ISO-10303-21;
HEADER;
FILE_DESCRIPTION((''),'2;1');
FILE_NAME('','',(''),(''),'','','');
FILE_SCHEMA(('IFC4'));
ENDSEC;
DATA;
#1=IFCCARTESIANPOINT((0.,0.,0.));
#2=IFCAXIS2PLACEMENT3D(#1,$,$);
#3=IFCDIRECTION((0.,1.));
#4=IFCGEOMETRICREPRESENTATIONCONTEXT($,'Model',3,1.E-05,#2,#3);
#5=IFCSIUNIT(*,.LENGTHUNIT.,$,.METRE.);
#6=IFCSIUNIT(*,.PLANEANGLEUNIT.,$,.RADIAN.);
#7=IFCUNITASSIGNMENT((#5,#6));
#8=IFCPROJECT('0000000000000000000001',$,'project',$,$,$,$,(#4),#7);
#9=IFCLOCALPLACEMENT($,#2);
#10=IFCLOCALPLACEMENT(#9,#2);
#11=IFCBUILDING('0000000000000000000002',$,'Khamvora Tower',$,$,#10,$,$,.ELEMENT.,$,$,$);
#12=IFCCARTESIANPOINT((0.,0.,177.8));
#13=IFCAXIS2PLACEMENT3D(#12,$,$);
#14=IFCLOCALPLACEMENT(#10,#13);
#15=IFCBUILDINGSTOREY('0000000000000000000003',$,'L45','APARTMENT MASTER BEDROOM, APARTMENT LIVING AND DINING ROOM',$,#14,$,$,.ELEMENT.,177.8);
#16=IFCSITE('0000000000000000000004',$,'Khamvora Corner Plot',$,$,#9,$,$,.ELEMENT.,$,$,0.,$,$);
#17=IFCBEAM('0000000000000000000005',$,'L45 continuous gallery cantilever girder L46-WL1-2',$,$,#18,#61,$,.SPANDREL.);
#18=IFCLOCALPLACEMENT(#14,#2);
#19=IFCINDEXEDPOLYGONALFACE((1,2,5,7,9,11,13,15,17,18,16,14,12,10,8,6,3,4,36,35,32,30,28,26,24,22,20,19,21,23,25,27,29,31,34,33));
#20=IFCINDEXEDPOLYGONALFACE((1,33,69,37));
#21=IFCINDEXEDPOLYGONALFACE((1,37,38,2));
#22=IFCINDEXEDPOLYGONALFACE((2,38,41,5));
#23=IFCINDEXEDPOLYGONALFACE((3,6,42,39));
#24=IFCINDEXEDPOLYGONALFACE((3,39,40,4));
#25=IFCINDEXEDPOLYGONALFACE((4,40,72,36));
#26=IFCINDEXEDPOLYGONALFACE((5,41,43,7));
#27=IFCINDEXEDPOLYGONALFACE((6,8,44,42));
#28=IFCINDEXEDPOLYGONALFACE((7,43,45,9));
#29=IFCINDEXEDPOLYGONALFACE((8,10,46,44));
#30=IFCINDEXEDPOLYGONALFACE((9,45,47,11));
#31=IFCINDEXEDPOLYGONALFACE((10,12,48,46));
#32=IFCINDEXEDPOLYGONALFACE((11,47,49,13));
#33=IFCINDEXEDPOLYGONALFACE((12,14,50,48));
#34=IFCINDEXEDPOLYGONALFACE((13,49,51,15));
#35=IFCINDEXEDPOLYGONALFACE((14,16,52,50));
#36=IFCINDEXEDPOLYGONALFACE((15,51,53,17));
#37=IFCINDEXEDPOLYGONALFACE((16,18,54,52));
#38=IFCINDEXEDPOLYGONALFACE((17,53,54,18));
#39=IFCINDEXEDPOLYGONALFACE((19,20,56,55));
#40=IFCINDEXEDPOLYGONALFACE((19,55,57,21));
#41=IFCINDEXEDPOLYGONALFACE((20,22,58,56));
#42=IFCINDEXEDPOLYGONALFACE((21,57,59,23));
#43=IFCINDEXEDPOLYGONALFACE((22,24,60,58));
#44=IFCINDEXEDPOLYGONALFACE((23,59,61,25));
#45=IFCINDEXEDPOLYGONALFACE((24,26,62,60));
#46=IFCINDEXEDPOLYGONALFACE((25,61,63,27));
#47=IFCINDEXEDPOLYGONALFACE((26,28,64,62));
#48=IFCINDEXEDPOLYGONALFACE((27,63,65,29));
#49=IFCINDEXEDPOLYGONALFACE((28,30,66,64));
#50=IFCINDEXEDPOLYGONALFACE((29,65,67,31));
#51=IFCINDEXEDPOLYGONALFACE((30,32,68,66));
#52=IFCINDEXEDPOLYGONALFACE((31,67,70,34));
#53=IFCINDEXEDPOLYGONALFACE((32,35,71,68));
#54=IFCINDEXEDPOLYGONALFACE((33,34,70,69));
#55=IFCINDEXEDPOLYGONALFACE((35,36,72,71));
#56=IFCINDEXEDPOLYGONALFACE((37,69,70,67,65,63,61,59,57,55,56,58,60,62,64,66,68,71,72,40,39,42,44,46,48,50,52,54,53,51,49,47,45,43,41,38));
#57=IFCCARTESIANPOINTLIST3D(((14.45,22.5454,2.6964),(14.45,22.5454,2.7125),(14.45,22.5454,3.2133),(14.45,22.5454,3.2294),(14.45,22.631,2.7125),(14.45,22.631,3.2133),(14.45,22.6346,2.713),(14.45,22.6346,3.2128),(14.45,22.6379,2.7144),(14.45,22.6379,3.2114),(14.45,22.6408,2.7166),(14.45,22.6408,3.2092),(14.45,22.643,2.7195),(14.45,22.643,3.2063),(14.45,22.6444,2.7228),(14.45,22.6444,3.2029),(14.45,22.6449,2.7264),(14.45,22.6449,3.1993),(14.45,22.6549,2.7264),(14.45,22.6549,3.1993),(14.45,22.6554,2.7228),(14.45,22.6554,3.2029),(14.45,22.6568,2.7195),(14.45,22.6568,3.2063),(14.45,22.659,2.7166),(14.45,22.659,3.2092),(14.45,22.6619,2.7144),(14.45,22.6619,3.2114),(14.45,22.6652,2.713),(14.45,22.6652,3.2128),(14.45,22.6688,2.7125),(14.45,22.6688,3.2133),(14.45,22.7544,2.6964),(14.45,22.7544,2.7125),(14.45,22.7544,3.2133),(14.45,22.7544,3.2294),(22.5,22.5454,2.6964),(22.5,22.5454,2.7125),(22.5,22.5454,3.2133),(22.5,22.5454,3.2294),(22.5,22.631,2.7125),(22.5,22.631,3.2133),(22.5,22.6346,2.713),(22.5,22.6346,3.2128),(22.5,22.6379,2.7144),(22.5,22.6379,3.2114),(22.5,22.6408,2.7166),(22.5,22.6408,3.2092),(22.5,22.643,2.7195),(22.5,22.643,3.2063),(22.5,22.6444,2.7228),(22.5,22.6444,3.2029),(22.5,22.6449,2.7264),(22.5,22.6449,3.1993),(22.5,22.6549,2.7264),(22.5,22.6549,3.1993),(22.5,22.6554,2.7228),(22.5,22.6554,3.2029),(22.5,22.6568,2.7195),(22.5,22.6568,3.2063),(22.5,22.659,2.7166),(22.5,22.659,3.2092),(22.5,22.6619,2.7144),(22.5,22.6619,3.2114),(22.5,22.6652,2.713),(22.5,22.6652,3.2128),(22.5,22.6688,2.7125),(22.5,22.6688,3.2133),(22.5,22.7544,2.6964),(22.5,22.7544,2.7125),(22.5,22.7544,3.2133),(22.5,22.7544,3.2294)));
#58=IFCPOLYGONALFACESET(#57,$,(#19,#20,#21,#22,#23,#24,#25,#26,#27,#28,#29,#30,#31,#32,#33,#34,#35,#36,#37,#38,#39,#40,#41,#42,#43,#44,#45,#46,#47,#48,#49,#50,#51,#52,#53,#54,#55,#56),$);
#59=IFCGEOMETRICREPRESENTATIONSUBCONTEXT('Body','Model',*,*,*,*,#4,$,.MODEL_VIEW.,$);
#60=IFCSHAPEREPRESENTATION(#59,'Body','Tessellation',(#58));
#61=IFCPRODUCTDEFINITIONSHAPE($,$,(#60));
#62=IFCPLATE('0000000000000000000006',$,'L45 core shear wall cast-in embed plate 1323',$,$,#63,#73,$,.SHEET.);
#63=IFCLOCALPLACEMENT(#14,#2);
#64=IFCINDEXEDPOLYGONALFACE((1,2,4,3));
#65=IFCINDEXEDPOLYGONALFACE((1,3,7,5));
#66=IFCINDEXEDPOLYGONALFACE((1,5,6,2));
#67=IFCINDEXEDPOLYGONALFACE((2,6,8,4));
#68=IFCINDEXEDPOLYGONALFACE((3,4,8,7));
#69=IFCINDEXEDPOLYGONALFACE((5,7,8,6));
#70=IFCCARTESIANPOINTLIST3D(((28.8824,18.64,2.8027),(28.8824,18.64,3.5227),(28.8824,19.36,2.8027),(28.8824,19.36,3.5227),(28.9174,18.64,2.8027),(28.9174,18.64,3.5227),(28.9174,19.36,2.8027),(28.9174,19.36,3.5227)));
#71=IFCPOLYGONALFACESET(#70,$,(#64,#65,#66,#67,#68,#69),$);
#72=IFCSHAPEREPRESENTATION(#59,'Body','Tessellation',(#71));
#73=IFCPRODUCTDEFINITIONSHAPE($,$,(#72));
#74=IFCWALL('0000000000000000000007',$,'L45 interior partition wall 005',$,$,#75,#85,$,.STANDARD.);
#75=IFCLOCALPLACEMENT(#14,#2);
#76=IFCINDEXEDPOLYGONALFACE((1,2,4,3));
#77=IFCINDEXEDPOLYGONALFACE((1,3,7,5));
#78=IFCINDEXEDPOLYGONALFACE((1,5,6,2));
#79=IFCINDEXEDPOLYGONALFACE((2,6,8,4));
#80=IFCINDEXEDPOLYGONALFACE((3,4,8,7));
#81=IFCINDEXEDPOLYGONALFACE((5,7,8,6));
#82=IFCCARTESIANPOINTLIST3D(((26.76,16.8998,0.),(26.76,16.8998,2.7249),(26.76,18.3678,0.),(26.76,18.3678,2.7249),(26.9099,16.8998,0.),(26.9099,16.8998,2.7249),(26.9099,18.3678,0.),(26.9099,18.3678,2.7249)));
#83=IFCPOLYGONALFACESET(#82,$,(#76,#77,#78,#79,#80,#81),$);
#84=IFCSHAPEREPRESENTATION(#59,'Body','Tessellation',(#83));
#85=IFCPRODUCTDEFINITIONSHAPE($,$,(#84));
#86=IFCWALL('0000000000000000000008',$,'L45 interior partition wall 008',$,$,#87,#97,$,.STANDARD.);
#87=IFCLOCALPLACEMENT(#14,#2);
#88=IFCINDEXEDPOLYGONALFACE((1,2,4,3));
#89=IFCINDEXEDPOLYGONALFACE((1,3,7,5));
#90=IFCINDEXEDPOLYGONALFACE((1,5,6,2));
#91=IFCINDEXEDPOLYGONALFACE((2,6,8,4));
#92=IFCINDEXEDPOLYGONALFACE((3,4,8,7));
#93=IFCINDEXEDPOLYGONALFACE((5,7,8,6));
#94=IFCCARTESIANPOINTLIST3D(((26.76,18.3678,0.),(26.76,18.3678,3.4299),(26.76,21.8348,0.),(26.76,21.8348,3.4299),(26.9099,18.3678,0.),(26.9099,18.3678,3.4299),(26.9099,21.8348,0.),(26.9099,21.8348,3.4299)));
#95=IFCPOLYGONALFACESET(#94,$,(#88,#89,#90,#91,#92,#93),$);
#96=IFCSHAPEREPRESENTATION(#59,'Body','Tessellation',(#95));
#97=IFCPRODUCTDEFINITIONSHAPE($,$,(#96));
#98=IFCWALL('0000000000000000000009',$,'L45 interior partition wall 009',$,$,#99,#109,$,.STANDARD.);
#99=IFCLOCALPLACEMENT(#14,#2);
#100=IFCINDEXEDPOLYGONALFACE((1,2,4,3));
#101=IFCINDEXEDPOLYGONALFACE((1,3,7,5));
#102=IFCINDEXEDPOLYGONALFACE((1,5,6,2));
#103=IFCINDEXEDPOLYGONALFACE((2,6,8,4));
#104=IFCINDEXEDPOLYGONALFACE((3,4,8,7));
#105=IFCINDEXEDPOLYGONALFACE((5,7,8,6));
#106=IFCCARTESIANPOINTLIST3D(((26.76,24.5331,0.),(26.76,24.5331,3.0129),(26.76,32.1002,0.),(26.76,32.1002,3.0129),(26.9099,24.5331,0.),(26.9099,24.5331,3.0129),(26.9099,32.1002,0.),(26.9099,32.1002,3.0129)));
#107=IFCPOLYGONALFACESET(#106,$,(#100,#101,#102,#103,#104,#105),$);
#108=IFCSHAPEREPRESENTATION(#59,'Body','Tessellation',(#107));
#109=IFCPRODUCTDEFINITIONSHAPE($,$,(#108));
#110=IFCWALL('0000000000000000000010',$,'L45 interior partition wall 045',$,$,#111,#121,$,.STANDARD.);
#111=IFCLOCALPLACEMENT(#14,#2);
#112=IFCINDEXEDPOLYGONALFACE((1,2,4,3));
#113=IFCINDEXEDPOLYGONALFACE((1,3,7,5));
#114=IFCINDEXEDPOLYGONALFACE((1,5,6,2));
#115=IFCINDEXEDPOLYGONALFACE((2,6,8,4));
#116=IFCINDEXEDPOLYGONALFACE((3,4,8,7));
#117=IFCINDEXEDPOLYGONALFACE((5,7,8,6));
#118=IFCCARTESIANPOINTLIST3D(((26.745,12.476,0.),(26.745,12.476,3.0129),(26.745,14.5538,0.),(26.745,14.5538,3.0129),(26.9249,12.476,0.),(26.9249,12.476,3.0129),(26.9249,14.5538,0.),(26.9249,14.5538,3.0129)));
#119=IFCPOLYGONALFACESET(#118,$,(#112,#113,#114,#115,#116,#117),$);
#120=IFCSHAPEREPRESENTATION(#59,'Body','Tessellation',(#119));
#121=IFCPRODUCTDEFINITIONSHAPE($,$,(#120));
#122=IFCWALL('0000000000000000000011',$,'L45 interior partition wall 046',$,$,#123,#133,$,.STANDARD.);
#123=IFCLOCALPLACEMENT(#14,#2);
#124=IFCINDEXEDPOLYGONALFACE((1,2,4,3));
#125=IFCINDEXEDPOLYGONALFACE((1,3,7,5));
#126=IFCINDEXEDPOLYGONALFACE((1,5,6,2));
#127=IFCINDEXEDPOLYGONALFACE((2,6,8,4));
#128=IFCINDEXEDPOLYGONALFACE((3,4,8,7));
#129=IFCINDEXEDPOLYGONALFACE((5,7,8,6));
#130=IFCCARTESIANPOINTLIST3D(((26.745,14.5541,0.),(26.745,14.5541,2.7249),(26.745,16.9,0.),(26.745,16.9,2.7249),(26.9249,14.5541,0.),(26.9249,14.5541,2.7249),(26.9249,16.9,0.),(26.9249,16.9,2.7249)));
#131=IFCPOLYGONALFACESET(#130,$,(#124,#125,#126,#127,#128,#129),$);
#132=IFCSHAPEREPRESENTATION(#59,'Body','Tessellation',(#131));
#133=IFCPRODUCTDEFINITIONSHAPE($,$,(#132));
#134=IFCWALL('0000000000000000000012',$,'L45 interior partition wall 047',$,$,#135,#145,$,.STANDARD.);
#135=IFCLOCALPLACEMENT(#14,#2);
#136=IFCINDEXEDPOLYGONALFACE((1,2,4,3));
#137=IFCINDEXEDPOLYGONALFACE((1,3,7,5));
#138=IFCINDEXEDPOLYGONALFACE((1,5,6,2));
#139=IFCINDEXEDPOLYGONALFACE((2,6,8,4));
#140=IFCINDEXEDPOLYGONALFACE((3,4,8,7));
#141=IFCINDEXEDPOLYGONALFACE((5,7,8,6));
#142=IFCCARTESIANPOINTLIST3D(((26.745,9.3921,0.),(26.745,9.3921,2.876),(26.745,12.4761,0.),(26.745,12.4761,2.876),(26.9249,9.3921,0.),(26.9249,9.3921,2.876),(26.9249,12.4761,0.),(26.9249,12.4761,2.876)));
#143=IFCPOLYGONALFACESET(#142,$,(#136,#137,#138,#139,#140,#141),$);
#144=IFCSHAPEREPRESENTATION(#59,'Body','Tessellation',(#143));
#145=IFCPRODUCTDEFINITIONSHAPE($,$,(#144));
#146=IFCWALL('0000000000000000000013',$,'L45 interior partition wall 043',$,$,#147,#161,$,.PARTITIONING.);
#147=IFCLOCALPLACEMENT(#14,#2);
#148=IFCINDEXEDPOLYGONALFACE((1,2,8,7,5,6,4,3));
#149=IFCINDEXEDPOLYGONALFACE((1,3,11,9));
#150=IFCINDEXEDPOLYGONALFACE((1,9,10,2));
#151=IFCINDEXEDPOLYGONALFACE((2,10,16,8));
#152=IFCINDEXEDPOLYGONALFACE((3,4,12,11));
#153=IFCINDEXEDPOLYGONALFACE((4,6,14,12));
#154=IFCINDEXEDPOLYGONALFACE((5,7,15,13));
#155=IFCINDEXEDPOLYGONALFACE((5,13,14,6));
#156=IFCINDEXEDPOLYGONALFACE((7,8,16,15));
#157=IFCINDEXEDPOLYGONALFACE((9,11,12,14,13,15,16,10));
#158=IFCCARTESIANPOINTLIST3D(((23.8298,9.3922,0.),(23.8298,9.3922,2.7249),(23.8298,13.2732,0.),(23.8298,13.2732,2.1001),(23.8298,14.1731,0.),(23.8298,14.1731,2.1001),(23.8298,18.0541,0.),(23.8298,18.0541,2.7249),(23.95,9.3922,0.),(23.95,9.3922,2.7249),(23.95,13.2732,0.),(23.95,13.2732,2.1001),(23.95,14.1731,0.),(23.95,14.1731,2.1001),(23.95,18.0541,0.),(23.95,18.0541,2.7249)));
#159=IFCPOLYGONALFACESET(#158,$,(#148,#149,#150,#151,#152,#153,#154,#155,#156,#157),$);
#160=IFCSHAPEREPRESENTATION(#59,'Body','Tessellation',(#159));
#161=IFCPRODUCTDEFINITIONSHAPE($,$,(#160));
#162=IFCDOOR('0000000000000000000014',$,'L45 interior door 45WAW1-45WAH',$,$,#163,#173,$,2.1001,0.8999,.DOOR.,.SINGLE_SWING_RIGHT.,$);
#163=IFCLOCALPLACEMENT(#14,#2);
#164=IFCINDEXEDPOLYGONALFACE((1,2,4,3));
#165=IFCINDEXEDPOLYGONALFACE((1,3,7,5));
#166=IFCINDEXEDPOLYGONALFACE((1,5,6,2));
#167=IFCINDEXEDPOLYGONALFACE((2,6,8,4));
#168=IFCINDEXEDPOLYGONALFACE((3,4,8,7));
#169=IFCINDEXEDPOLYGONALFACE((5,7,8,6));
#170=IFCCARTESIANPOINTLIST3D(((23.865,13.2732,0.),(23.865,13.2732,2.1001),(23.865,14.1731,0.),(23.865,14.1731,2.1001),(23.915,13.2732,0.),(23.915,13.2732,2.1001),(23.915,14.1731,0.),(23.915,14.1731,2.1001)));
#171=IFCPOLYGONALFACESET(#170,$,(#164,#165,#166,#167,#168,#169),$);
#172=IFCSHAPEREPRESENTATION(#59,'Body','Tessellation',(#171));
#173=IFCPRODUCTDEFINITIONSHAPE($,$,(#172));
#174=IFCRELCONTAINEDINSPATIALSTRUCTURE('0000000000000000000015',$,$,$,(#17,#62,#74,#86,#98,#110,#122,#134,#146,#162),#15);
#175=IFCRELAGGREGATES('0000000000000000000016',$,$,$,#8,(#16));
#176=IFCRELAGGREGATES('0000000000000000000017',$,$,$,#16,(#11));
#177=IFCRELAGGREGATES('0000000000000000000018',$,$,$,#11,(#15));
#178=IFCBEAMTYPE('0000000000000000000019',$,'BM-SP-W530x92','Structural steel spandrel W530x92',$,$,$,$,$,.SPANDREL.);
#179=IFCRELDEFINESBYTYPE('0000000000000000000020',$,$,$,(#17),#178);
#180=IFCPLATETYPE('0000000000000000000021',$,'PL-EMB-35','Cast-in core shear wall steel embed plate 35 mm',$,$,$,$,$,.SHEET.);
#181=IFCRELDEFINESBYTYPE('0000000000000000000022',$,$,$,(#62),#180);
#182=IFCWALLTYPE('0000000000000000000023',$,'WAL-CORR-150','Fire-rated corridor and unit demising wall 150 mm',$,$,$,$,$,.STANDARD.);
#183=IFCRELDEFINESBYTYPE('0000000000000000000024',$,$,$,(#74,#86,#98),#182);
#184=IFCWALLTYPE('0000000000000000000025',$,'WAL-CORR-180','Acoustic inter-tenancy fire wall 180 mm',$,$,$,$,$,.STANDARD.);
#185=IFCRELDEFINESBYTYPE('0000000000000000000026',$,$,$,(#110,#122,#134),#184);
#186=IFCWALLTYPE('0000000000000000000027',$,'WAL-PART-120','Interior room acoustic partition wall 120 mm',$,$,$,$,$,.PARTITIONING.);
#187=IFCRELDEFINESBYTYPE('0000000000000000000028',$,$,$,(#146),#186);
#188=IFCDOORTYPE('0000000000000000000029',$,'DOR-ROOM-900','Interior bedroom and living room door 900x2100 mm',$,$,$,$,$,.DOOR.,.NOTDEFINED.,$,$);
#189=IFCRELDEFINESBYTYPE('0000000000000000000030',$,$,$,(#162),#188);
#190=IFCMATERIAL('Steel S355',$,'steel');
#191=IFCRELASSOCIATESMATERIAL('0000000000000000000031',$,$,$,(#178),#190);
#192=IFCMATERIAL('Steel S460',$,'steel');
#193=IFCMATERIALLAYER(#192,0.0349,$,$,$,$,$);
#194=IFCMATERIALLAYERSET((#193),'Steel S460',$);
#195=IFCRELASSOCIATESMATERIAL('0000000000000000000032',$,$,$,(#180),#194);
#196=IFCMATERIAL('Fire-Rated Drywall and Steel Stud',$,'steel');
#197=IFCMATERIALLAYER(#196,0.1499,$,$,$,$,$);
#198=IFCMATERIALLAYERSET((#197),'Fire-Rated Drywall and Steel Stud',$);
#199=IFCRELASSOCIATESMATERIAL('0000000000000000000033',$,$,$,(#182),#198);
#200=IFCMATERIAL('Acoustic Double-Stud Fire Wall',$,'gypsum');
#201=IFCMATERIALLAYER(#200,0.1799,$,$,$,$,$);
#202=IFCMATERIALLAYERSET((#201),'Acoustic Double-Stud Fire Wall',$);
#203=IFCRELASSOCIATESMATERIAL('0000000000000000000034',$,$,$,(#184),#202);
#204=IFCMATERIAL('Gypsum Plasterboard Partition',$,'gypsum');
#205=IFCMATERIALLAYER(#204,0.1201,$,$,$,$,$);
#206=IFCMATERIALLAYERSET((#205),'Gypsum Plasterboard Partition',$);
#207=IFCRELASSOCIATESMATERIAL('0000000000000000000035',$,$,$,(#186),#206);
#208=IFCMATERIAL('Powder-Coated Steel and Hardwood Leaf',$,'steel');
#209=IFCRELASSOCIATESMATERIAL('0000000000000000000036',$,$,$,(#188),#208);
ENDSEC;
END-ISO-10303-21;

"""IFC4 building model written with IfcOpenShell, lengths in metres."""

from ifc_helpers import new_model, si_unit, direction, frame, frame_2d, origin, origin_2d, place, context, subcontext, project, spatial, rectangle, i_section, extrude, material, layer, layer_set, material_profile, profile_set, type_object, element, fill, save


model = new_model("IFC4")

# Units and contexts
model_context = context("Model", 3, precision=1e-05, world=origin(), true_north=direction((0.0, 1.0)))
body_context = subcontext(model_context, "Body", "Model", "MODEL_VIEW")
ifc_project = project(units=[si_unit("LENGTHUNIT", "METRE"), si_unit("PLANEANGLEUNIT", "RADIAN")], contexts=[model_context])

# Site, building, storey
site_placement = place(None, origin())
site = spatial("IfcSite", under=ifc_project, at=site_placement, Name="Khamvora Corner Plot", CompositionType="ELEMENT", RefElevation=0.0)
building_placement = place(site_placement, origin())
building = spatial("IfcBuilding", under=site, at=building_placement, Name="Khamvora Tower", CompositionType="ELEMENT")
storey_placement = place(building_placement, frame((0.0, 0.0, 177.8)))
storey = spatial("IfcBuildingStorey", under=building, at=storey_placement, Name="L45", Description="APARTMENT MASTER BEDROOM, APARTMENT LIVING AND DINING ROOM", CompositionType="ELEMENT", Elevation=177.8)

# Beam
ifc_material_1 = material(Name="Steel S355", Category="steel")
ifc_material_profile_1 = material_profile(ifc_material_1, i_section(OverallWidth=0.209, OverallDepth=0.533, WebThickness=0.01, FlangeThickness=0.0161, FilletRadius=0.0139, at=origin_2d()), Name="W530x92")
ifc_profile_set_1 = profile_set([ifc_material_profile_1], Name="Steel S355")
beam_type_1 = type_object("IfcBeamType", Name="BM-SP-W530x92", Description="Structural steel spandrel W530x92", PredefinedType="SPANDREL", material=ifc_profile_set_1)
for number, where, z_axis, x_axis, name in (
    (1, (22.5, 22.6499, 2.9629), (-1.0, 0.0, 0.0), (0.0, -1.0, 0.0), "L45 continuous gallery cantilever girder L46-WL1-2"),
):
    element("IfcBeam", number, at=place(storey_placement, frame(where, z_axis=z_axis, x_axis=x_axis)), inside=storey, type_object=beam_type_1, Name=name, PredefinedType="SPANDREL", context=body_context, shape_type="SweptSolid", body=[
        extrude(i_section(OverallWidth=0.209, OverallDepth=0.533, WebThickness=0.01, FlangeThickness=0.0161, FilletRadius=0.0139, at=origin_2d()), origin(), (0.0, 0.0, 1.0), 8.05),
    ])

# Plate
ifc_material_2 = material(Name="Steel S460", Category="steel")
ifc_layer_1 = layer(ifc_material_2, 0.0349)
ifc_layer_set_1 = layer_set([ifc_layer_1], Name="Steel S460")
plate_type = type_object("IfcPlateType", Name="PL-EMB-35", Description="Cast-in core shear wall steel embed plate 35 mm", PredefinedType="SHEET", material=ifc_layer_set_1)
plate_placement = place(storey_placement, frame((28.8999, 19.0, 2.8027), z_axis=(0.0, 0.0, 1.0), x_axis=(1.0, 0.0, 0.0)))
element("IfcPlate", 2, at=plate_placement, inside=storey, type_object=plate_type, Name="L45 core shear wall cast-in embed plate 1323", PredefinedType="SHEET", context=body_context, shape_type="SweptSolid", body=[
    extrude(rectangle(XDim=0.0349, YDim=0.72, at=origin_2d()), origin(), (0.0, 0.0, 1.0), 0.72),
])

# Wall
ifc_material_3 = material(Name="Fire-Rated Drywall and Steel Stud", Category="steel")
ifc_layer_2 = layer(ifc_material_3, 0.1499)
ifc_layer_set_2 = layer_set([ifc_layer_2], Name="Fire-Rated Drywall and Steel Stud")
wall_type_1 = type_object("IfcWallType", Name="WAL-CORR-150", Description="Fire-rated corridor and unit demising wall 150 mm", PredefinedType="STANDARD", material=ifc_layer_set_2)
wall_1_placement = place(storey_placement, frame((26.835, 16.8999, 0.0), z_axis=(0.0, 0.0, 1.0), x_axis=(0.0, 1.0, 0.0)))
element("IfcWall", 3, at=wall_1_placement, inside=storey, type_object=wall_type_1, Name="L45 interior partition wall 005", PredefinedType="STANDARD", context=body_context, shape_type="SweptSolid", body=[
    extrude(rectangle(XDim=1.468, YDim=0.1499, at=frame_2d((0.7339, 0.0))), origin(), (0.0, 0.0, 1.0), 2.7249),
])

# Shared definitions
ifc_material_4 = material(Name="Powder-Coated Steel and Hardwood Leaf", Category="steel")

# Walls
wall_2_placement = place(storey_placement, frame((26.835, 18.3679, 0.0), z_axis=(0.0, 0.0, 1.0), x_axis=(0.0, 1.0, 0.0)))
element("IfcWall", 4, at=wall_2_placement, inside=storey, type_object=wall_type_1, Name="L45 interior partition wall 008", PredefinedType="STANDARD", context=body_context, shape_type="SweptSolid", body=[
    extrude(rectangle(XDim=3.467, YDim=0.1499, at=frame_2d((1.7334, 0.0))), origin(), (0.0, 0.0, 1.0), 3.4299),
])
wall_3_placement = place(storey_placement, frame((26.835, 24.533, 0.0), z_axis=(0.0, 0.0, 1.0), x_axis=(0.0, 1.0, 0.0)))
element("IfcWall", 5, at=wall_3_placement, inside=storey, type_object=wall_type_1, Name="L45 interior partition wall 009", PredefinedType="STANDARD", context=body_context, shape_type="SweptSolid", body=[
    extrude(rectangle(XDim=7.5671, YDim=0.1499, at=frame_2d((3.7837, 0.0))), origin(), (0.0, 0.0, 1.0), 3.0129),
])
ifc_material_5 = material(Name="Acoustic Double-Stud Fire Wall", Category="gypsum")
ifc_layer_3 = layer(ifc_material_5, 0.1799)
ifc_layer_set_3 = layer_set([ifc_layer_3], Name="Acoustic Double-Stud Fire Wall")
wall_type_2 = type_object("IfcWallType", Name="WAL-CORR-180", Description="Acoustic inter-tenancy fire wall 180 mm", PredefinedType="STANDARD", material=ifc_layer_set_3)
wall_4_placement = place(storey_placement, frame((26.835, 14.554, 0.0), z_axis=(0.0, 0.0, 1.0), x_axis=(0.0, -1.0, 0.0)))
element("IfcWall", 6, at=wall_4_placement, inside=storey, type_object=wall_type_2, Name="L45 interior partition wall 045", PredefinedType="STANDARD", context=body_context, shape_type="SweptSolid", body=[
    extrude(rectangle(XDim=2.0779, YDim=0.1799, at=frame_2d((1.0391, 0.0))), origin(), (0.0, 0.0, 1.0), 3.0129),
])
wall_5_placement = place(storey_placement, frame((26.835, 16.8999, 0.0), z_axis=(0.0, 0.0, 1.0), x_axis=(0.0, -1.0, 0.0)))
element("IfcWall", 7, at=wall_5_placement, inside=storey, type_object=wall_type_2, Name="L45 interior partition wall 046", PredefinedType="STANDARD", context=body_context, shape_type="SweptSolid", body=[
    extrude(rectangle(XDim=2.3459, YDim=0.1799, at=frame_2d((1.1729, 0.0))), origin(), (0.0, 0.0, 1.0), 2.7249),
])
wall_6_placement = place(storey_placement, frame((26.835, 12.4761, 0.0), z_axis=(0.0, 0.0, 1.0), x_axis=(0.0, -1.0, 0.0)))
element("IfcWall", 8, at=wall_6_placement, inside=storey, type_object=wall_type_2, Name="L45 interior partition wall 047", PredefinedType="STANDARD", context=body_context, shape_type="SweptSolid", body=[
    extrude(rectangle(XDim=3.084, YDim=0.1799, at=frame_2d((1.542, 0.0))), origin(), (0.0, 0.0, 1.0), 2.876),
])

# Wall, opening, door
ifc_material_6 = material(Name="Gypsum Plasterboard Partition", Category="gypsum")
ifc_layer_4 = layer(ifc_material_6, 0.1201)
ifc_layer_set_4 = layer_set([ifc_layer_4], Name="Gypsum Plasterboard Partition")
wall_type_3 = type_object("IfcWallType", Name="WAL-PART-120", Description="Interior room acoustic partition wall 120 mm", PredefinedType="PARTITIONING", material=ifc_layer_set_4)
wall_7_placement = place(storey_placement, frame((23.8899, 9.3921, 0.0), z_axis=(0.0, 0.0, 1.0), x_axis=(0.0, 1.0, 0.0)))
wall_7 = element("IfcWall", 9, at=wall_7_placement, inside=storey, type_object=wall_type_3, Name="L45 interior partition wall 043", PredefinedType="PARTITIONING", context=body_context, shape_type="SweptSolid", body=[
    extrude(rectangle(XDim=8.6619, YDim=0.1201, at=frame_2d((4.3311, 0.0))), origin(), (0.0, 0.0, 1.0), 2.7249),
])
opening_1_placement = place(wall_7_placement, frame((3.8811, 0.0, 0.0)))
opening_1 = element("IfcOpeningElement", 10, at=opening_1_placement, cuts=wall_7, PredefinedType="OPENING", context=body_context, shape_type="SweptSolid", body=[
    extrude(rectangle(XDim=0.8999, YDim=2.1001, at=frame_2d((0.45, 1.05))), frame((0.0, 0.0701, 0.0), z_axis=(0.0, -1.0, 0.0), x_axis=(1.0, 0.0, 0.0)), (0.0, 0.0, 1.0), 0.1401),
])
door_type_1 = type_object("IfcDoorType", Name="DOR-ROOM-900", Description="Interior bedroom and living room door 900x2100 mm", OperationType="NOTDEFINED", PredefinedType="DOOR", material=ifc_material_4)
door_1_placement = place(opening_1_placement, origin())
door_1 = element("IfcDoor", 11, at=door_1_placement, inside=storey, type_object=door_type_1, Name="L45 interior door 45WAW1-45WAH", OperationType="SINGLE_SWING_RIGHT", OverallHeight=2.1001, OverallWidth=0.8999, PredefinedType="DOOR", context=body_context, shape_type="SweptSolid", body=[
    extrude(rectangle(XDim=0.8999, YDim=2.1001, at=frame_2d((0.45, 1.05))), frame((0.0, 0.0249, 0.0), z_axis=(0.0, -1.0, 0.0), x_axis=(1.0, 0.0, 0.0)), (0.0, 0.0, 1.0), 0.05),
])
fill(opening_1, door_1)

save(model, "model.ifc")
